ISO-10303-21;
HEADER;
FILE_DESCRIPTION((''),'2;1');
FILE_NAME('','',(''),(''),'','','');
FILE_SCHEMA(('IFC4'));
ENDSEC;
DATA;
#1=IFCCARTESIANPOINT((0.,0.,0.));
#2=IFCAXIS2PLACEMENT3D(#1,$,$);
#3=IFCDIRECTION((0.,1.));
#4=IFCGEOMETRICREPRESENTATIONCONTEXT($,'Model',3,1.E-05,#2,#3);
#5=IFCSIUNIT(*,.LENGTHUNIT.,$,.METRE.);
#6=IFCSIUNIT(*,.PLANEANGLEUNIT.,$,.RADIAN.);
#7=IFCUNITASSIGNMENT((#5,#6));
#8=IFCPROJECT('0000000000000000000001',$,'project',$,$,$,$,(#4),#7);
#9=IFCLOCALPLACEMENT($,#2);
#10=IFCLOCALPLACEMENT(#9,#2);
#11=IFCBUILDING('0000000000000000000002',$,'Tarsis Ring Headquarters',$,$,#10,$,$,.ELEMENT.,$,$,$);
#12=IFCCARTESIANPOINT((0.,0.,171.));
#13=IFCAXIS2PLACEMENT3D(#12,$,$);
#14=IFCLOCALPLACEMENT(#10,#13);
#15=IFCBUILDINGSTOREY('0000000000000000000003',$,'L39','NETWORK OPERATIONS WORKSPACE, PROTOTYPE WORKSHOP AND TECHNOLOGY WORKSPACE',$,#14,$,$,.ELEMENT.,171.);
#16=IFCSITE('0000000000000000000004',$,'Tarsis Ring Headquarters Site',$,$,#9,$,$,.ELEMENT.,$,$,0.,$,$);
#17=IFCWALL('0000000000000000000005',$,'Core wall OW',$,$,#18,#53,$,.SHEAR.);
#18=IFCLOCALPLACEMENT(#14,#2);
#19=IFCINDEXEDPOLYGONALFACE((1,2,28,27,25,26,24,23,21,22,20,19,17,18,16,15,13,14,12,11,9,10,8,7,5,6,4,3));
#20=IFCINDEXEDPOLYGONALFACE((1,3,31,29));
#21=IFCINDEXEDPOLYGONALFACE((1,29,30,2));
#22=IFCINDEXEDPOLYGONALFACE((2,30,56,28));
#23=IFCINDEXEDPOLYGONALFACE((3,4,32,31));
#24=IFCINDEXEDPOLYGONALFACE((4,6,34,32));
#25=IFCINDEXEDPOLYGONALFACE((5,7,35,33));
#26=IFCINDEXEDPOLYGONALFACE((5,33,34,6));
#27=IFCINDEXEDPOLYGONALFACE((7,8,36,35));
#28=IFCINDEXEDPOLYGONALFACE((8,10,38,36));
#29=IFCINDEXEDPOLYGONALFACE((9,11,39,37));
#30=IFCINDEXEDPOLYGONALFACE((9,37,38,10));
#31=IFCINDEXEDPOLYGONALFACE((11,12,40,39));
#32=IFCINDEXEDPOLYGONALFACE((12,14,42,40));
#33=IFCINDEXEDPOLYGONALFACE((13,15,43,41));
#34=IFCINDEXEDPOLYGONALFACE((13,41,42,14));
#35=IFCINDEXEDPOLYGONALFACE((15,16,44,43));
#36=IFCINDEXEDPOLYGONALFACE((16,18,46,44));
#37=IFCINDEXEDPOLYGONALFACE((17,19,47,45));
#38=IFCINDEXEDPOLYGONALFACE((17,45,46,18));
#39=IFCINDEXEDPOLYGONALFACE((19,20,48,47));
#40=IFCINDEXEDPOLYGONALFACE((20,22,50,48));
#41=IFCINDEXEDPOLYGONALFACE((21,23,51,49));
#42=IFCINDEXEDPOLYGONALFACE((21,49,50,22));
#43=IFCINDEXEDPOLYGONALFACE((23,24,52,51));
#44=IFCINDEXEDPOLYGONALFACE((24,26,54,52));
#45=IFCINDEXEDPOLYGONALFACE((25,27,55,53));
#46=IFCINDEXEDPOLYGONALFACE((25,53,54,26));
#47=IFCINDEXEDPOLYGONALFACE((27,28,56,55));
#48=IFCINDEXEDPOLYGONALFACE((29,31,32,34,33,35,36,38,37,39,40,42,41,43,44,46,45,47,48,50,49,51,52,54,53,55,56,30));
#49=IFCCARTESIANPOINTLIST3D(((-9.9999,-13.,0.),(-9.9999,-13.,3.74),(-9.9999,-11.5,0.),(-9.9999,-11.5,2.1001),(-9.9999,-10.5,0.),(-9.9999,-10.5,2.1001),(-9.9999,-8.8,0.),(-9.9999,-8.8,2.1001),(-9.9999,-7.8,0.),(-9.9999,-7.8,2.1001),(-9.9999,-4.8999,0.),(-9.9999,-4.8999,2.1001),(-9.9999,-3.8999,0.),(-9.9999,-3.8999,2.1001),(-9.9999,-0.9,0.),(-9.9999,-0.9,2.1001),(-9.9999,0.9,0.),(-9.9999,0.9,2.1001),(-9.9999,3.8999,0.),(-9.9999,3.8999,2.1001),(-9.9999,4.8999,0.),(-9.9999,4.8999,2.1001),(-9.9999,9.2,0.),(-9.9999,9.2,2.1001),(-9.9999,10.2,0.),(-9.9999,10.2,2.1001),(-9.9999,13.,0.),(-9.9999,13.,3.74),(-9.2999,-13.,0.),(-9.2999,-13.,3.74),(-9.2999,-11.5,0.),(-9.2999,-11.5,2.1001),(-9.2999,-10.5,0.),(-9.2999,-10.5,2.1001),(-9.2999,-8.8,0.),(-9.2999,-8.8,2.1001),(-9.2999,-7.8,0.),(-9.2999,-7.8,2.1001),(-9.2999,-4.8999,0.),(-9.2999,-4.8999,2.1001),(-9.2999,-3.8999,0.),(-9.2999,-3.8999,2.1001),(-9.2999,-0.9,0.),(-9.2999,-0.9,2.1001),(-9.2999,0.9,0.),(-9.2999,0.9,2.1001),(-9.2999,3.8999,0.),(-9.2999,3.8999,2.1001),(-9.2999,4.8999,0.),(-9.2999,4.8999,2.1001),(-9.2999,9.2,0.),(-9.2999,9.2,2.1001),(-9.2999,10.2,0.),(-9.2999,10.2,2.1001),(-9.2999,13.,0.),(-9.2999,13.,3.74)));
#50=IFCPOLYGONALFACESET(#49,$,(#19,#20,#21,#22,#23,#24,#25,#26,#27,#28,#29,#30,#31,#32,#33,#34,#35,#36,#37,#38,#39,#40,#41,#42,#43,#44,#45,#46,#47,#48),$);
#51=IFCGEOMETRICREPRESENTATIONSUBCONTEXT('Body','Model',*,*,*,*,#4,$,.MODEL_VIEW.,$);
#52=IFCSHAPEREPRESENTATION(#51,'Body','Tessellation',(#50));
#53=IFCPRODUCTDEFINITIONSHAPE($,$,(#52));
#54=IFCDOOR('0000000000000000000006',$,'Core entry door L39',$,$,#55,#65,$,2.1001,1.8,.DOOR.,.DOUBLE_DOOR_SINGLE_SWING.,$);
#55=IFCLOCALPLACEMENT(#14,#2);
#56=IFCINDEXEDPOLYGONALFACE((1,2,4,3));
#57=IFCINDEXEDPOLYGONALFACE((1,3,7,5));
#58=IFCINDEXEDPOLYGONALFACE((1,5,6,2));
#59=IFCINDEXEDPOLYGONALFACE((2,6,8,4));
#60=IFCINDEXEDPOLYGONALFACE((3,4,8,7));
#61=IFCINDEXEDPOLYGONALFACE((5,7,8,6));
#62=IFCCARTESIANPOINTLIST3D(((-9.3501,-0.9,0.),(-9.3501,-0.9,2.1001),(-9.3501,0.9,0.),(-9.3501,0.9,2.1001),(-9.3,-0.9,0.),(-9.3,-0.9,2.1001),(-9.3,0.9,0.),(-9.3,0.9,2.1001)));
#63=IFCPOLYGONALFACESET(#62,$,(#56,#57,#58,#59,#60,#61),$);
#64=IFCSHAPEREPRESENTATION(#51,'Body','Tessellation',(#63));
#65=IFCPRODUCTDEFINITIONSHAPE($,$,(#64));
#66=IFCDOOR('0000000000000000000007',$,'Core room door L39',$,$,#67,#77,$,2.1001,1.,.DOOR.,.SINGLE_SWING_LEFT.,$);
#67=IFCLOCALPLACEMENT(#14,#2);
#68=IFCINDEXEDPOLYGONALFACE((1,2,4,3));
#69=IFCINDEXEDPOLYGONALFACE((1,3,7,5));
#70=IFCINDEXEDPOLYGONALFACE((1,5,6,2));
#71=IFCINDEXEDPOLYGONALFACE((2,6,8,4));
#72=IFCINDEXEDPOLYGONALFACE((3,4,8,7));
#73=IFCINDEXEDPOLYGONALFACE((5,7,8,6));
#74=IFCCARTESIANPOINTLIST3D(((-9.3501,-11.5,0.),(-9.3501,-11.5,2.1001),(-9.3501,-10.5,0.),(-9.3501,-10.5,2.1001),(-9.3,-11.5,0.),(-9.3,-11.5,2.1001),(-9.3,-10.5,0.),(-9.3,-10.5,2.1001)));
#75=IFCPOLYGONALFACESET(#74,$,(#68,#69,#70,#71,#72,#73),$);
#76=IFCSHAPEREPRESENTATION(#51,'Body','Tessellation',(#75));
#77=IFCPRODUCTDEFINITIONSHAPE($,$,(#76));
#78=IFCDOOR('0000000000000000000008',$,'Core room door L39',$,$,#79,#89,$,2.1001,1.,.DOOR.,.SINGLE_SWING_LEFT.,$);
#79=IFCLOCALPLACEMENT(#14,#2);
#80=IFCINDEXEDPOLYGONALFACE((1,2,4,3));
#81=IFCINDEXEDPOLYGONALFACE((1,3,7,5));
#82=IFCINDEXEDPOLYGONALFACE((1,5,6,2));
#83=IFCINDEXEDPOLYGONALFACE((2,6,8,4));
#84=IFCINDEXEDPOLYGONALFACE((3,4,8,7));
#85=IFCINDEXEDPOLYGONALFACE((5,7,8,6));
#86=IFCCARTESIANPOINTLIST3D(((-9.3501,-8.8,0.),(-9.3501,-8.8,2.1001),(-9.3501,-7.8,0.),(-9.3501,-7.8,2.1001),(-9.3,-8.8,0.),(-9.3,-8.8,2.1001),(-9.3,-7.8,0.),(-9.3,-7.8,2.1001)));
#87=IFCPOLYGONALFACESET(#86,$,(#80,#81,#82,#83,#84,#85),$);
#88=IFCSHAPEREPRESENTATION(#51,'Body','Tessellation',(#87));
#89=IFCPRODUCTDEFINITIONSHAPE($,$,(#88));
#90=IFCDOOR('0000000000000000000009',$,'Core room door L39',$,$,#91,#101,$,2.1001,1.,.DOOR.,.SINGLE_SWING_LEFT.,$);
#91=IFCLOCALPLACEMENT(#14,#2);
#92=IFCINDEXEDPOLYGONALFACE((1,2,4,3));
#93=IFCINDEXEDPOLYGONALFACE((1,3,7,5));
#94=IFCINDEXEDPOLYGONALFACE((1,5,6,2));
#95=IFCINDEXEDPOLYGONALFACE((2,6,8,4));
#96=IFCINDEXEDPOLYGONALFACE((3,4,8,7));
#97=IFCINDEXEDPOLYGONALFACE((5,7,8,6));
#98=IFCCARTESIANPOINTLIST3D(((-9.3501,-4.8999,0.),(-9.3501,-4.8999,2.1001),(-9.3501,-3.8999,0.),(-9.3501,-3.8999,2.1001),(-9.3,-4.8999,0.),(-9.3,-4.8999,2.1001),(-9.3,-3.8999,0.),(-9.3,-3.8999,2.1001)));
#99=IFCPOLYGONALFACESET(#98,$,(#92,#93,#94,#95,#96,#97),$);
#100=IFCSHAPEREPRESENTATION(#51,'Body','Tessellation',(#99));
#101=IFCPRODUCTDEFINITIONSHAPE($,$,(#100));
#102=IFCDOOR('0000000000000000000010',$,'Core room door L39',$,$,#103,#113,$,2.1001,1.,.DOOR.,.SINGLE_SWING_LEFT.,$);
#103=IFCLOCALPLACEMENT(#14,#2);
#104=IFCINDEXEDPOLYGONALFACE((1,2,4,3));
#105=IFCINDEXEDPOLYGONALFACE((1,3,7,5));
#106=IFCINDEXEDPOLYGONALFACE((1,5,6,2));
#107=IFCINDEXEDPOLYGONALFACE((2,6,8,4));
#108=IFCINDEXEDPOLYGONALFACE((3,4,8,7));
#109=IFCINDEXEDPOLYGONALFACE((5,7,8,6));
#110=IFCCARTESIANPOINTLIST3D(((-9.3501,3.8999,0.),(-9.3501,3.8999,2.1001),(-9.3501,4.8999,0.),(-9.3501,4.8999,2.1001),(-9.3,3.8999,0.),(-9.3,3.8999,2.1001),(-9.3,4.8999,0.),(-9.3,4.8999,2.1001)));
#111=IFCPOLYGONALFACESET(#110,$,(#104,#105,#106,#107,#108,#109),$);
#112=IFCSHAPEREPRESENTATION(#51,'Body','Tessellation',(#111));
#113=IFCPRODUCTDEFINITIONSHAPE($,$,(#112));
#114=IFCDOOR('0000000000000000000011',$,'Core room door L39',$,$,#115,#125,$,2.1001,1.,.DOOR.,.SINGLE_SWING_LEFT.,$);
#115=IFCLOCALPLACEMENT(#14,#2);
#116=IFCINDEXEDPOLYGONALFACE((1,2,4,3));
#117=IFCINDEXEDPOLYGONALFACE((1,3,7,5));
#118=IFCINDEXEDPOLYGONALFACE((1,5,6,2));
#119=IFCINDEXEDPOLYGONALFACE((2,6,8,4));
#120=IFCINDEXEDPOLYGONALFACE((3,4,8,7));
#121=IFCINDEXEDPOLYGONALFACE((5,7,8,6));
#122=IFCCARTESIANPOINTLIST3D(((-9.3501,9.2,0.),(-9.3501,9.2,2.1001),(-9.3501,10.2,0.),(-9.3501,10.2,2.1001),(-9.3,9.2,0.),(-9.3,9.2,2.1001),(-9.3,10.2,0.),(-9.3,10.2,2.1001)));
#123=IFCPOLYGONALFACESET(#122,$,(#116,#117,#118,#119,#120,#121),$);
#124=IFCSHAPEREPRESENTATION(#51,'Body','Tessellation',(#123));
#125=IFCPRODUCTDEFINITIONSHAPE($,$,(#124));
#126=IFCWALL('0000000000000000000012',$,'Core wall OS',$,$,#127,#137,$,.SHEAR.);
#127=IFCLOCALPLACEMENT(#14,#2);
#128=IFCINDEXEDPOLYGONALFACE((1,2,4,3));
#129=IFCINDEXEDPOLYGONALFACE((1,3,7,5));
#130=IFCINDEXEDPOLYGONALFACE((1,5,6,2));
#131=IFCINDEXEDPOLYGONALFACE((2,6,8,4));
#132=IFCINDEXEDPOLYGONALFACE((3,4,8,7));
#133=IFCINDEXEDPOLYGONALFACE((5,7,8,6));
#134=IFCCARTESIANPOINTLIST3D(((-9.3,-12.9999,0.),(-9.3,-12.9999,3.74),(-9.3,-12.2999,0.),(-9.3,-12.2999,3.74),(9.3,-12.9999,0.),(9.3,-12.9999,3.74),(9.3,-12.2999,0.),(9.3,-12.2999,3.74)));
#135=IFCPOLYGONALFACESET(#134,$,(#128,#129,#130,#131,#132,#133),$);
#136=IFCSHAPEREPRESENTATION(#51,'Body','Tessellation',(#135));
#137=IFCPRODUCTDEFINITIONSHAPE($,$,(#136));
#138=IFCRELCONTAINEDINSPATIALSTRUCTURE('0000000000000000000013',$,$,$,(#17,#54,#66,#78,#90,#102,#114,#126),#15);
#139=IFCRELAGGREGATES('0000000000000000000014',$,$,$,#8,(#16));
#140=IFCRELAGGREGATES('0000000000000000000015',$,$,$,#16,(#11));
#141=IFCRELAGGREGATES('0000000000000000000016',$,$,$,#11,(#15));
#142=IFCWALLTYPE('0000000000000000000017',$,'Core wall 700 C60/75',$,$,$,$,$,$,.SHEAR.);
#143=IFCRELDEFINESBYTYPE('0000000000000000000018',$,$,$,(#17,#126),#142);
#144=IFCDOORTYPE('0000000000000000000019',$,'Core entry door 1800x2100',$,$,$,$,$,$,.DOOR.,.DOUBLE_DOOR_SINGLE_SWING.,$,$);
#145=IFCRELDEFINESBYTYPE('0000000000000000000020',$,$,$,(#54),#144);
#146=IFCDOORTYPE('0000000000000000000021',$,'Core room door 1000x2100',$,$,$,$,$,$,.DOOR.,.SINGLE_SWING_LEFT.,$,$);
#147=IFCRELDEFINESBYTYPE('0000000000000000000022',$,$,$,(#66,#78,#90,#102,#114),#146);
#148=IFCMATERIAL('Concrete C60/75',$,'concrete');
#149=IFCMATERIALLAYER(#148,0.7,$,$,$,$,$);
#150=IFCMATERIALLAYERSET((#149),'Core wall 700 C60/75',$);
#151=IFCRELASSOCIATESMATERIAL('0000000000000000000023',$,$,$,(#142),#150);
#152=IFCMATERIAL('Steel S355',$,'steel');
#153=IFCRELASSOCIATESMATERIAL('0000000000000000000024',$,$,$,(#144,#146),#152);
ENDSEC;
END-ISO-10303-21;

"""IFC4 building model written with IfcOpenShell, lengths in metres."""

from ifc_helpers import new_model, si_unit, direction, frame, frame_2d, origin, place, context, subcontext, project, spatial, rectangle, extrude, material, layer, layer_set, type_object, element, fill, save


model = new_model("IFC4")

# Units and contexts
model_context = context("Model", 3, precision=1e-05, world=origin(), true_north=direction((0.0, 1.0)))
body_context = subcontext(model_context, "Body", "Model", "MODEL_VIEW")
ifc_project = project(units=[si_unit("LENGTHUNIT", "METRE"), si_unit("PLANEANGLEUNIT", "RADIAN")], contexts=[model_context])

# Site, building, storey
site_placement = place(None, origin())
site = spatial("IfcSite", under=ifc_project, at=site_placement, Name="Tarsis Ring Headquarters Site", CompositionType="ELEMENT", RefElevation=0.0)
building_placement = place(site_placement, origin())
building = spatial("IfcBuilding", under=site, at=building_placement, Name="Tarsis Ring Headquarters", CompositionType="ELEMENT")
storey_placement = place(building_placement, frame((0.0, 0.0, 171.0)))
storey = spatial("IfcBuildingStorey", under=building, at=storey_placement, Name="L39", Description="NETWORK OPERATIONS WORKSPACE, PROTOTYPE WORKSHOP AND TECHNOLOGY WORKSPACE", CompositionType="ELEMENT", Elevation=171.0)

# Wall, openings, doors
ifc_material_1 = material(Name="Concrete C60/75", Category="concrete")
ifc_layer_1 = layer(ifc_material_1, 0.7)
ifc_layer_set_1 = layer_set([ifc_layer_1], Name="Core wall 700 C60/75")
wall_type_1 = type_object("IfcWallType", Name="Core wall 700 C60/75", PredefinedType="SHEAR", material=ifc_layer_set_1)
wall_1_placement = place(storey_placement, frame((-9.6499, -13.0, 0.0), z_axis=(0.0, 0.0, 1.0), x_axis=(0.0, 1.0, 0.0)))
wall_1 = element("IfcWall", 1, at=wall_1_placement, inside=storey, type_object=wall_type_1, Name="Core wall OW", PredefinedType="SHEAR", context=body_context, shape_type="SweptSolid", body=[
    extrude(rectangle(XDim=26.0, YDim=0.7, at=frame_2d((13.0, 0.0))), origin(), (0.0, 0.0, 1.0), 3.74),
])
opening_1_placement = place(wall_1_placement, frame((1.5, 0.0, 0.0)))
opening_1 = element("IfcOpeningElement", 2, at=opening_1_placement, cuts=wall_1, PredefinedType="OPENING", context=body_context, shape_type="SweptSolid", body=[
    extrude(rectangle(XDim=1.0, YDim=2.1001, at=frame_2d((0.5, 1.05))), frame((0.0, 0.3599, 0.0), z_axis=(0.0, -1.0, 0.0), x_axis=(1.0, 0.0, 0.0)), (0.0, 0.0, 1.0), 0.72),
])
opening_2_placement = place(wall_1_placement, frame((4.2, 0.0, 0.0)))
opening_2 = element("IfcOpeningElement", 3, at=opening_2_placement, cuts=wall_1, PredefinedType="OPENING", context=body_context, shape_type="SweptSolid", body=[
    extrude(rectangle(XDim=1.0, YDim=2.1001, at=frame_2d((0.5, 1.05))), frame((0.0, 0.3599, 0.0), z_axis=(0.0, -1.0, 0.0), x_axis=(1.0, 0.0, 0.0)), (0.0, 0.0, 1.0), 0.72),
])
opening_3_placement = place(wall_1_placement, frame((8.1001, 0.0, 0.0)))
opening_3 = element("IfcOpeningElement", 4, at=opening_3_placement, cuts=wall_1, PredefinedType="OPENING", context=body_context, shape_type="SweptSolid", body=[
    extrude(rectangle(XDim=1.0, YDim=2.1001, at=frame_2d((0.5, 1.05))), frame((0.0, 0.3599, 0.0), z_axis=(0.0, -1.0, 0.0), x_axis=(1.0, 0.0, 0.0)), (0.0, 0.0, 1.0), 0.72),
])
opening_4_placement = place(wall_1_placement, frame((12.1001, 0.0, 0.0)))
opening_4 = element("IfcOpeningElement", 5, at=opening_4_placement, cuts=wall_1, PredefinedType="OPENING", context=body_context, shape_type="SweptSolid", body=[
    extrude(rectangle(XDim=1.8, YDim=2.1001, at=frame_2d((0.8999, 1.05))), frame((0.0, 0.3599, 0.0), z_axis=(0.0, -1.0, 0.0), x_axis=(1.0, 0.0, 0.0)), (0.0, 0.0, 1.0), 0.72),
])
opening_5_placement = place(wall_1_placement, frame((16.8999, 0.0, 0.0)))
opening_5 = element("IfcOpeningElement", 6, at=opening_5_placement, cuts=wall_1, PredefinedType="OPENING", context=body_context, shape_type="SweptSolid", body=[
    extrude(rectangle(XDim=1.0, YDim=2.1001, at=frame_2d((0.5, 1.05))), frame((0.0, 0.3599, 0.0), z_axis=(0.0, -1.0, 0.0), x_axis=(1.0, 0.0, 0.0)), (0.0, 0.0, 1.0), 0.72),
])
opening_6_placement = place(wall_1_placement, frame((22.2, 0.0, 0.0)))
opening_6 = element("IfcOpeningElement", 7, at=opening_6_placement, cuts=wall_1, PredefinedType="OPENING", context=body_context, shape_type="SweptSolid", body=[
    extrude(rectangle(XDim=1.0, YDim=2.1001, at=frame_2d((0.5, 1.05))), frame((0.0, 0.3599, 0.0), z_axis=(0.0, -1.0, 0.0), x_axis=(1.0, 0.0, 0.0)), (0.0, 0.0, 1.0), 0.72),
])
ifc_material_2 = material(Name="Steel S355", Category="steel")
door_type_1 = type_object("IfcDoorType", Name="Core entry door 1800x2100", OperationType="DOUBLE_DOOR_SINGLE_SWING", PredefinedType="DOOR", material=ifc_material_2)
door_1_placement = place(opening_4_placement, origin())
door_1 = element("IfcDoor", 8, at=door_1_placement, inside=storey, type_object=door_type_1, Name="Core entry door L39", OperationType="DOUBLE_DOOR_SINGLE_SWING", OverallHeight=2.1001, OverallWidth=1.8, PredefinedType="DOOR", context=body_context, shape_type="SweptSolid", body=[
    extrude(rectangle(XDim=1.8, YDim=2.1001, at=frame_2d((0.8999, 1.05))), frame((0.0, -0.2998, 0.0), z_axis=(0.0, -1.0, 0.0), x_axis=(1.0, 0.0, 0.0)), (0.0, 0.0, 1.0), 0.05),
])
fill(opening_4, door_1)
door_type_2 = type_object("IfcDoorType", Name="Core room door 1000x2100", OperationType="SINGLE_SWING_LEFT", PredefinedType="DOOR", material=ifc_material_2)
door_2_placement = place(opening_1_placement, origin())
door_2 = element("IfcDoor", 9, at=door_2_placement, inside=storey, type_object=door_type_2, Name="Core room door L39", OperationType="SINGLE_SWING_LEFT", OverallHeight=2.1001, OverallWidth=1.0, PredefinedType="DOOR", context=body_context, shape_type="SweptSolid", body=[
    extrude(rectangle(XDim=1.0, YDim=2.1001, at=frame_2d((0.5, 1.05))), frame((0.0, -0.2998, 0.0), z_axis=(0.0, -1.0, 0.0), x_axis=(1.0, 0.0, 0.0)), (0.0, 0.0, 1.0), 0.05),
])
fill(opening_1, door_2)
door_3_placement = place(opening_2_placement, origin())
door_3 = element("IfcDoor", 10, at=door_3_placement, inside=storey, type_object=door_type_2, Name="Core room door L39", OperationType="SINGLE_SWING_LEFT", OverallHeight=2.1001, OverallWidth=1.0, PredefinedType="DOOR", context=body_context, shape_type="SweptSolid", body=[
    extrude(rectangle(XDim=1.0, YDim=2.1001, at=frame_2d((0.5, 1.05))), frame((0.0, -0.2998, 0.0), z_axis=(0.0, -1.0, 0.0), x_axis=(1.0, 0.0, 0.0)), (0.0, 0.0, 1.0), 0.05),
])
fill(opening_2, door_3)
door_4_placement = place(opening_3_placement, origin())
door_4 = element("IfcDoor", 11, at=door_4_placement, inside=storey, type_object=door_type_2, Name="Core room door L39", OperationType="SINGLE_SWING_LEFT", OverallHeight=2.1001, OverallWidth=1.0, PredefinedType="DOOR", context=body_context, shape_type="SweptSolid", body=[
    extrude(rectangle(XDim=1.0, YDim=2.1001, at=frame_2d((0.5, 1.05))), frame((0.0, -0.2998, 0.0), z_axis=(0.0, -1.0, 0.0), x_axis=(1.0, 0.0, 0.0)), (0.0, 0.0, 1.0), 0.05),
])
fill(opening_3, door_4)
door_5_placement = place(opening_5_placement, origin())
door_5 = element("IfcDoor", 12, at=door_5_placement, inside=storey, type_object=door_type_2, Name="Core room door L39", OperationType="SINGLE_SWING_LEFT", OverallHeight=2.1001, OverallWidth=1.0, PredefinedType="DOOR", context=body_context, shape_type="SweptSolid", body=[
    extrude(rectangle(XDim=1.0, YDim=2.1001, at=frame_2d((0.5, 1.05))), frame((0.0, -0.2998, 0.0), z_axis=(0.0, -1.0, 0.0), x_axis=(1.0, 0.0, 0.0)), (0.0, 0.0, 1.0), 0.05),
])
fill(opening_5, door_5)
door_6_placement = place(opening_6_placement, origin())
door_6 = element("IfcDoor", 13, at=door_6_placement, inside=storey, type_object=door_type_2, Name="Core room door L39", OperationType="SINGLE_SWING_LEFT", OverallHeight=2.1001, OverallWidth=1.0, PredefinedType="DOOR", context=body_context, shape_type="SweptSolid", body=[
    extrude(rectangle(XDim=1.0, YDim=2.1001, at=frame_2d((0.5, 1.05))), frame((0.0, -0.2998, 0.0), z_axis=(0.0, -1.0, 0.0), x_axis=(1.0, 0.0, 0.0)), (0.0, 0.0, 1.0), 0.05),
])
fill(opening_6, door_6)

# Wall
wall_2_placement = place(storey_placement, frame((-9.3, -12.6499, 0.0), z_axis=(0.0, 0.0, 1.0), x_axis=(1.0, 0.0, 0.0)))
element("IfcWall", 14, at=wall_2_placement, inside=storey, type_object=wall_type_1, Name="Core wall OS", PredefinedType="SHEAR", context=body_context, shape_type="SweptSolid", body=[
    extrude(rectangle(XDim=18.6001, YDim=0.7, at=frame_2d((9.3, 0.0))), origin(), (0.0, 0.0, 1.0), 3.74),
])

save(model, "model.ifc")
